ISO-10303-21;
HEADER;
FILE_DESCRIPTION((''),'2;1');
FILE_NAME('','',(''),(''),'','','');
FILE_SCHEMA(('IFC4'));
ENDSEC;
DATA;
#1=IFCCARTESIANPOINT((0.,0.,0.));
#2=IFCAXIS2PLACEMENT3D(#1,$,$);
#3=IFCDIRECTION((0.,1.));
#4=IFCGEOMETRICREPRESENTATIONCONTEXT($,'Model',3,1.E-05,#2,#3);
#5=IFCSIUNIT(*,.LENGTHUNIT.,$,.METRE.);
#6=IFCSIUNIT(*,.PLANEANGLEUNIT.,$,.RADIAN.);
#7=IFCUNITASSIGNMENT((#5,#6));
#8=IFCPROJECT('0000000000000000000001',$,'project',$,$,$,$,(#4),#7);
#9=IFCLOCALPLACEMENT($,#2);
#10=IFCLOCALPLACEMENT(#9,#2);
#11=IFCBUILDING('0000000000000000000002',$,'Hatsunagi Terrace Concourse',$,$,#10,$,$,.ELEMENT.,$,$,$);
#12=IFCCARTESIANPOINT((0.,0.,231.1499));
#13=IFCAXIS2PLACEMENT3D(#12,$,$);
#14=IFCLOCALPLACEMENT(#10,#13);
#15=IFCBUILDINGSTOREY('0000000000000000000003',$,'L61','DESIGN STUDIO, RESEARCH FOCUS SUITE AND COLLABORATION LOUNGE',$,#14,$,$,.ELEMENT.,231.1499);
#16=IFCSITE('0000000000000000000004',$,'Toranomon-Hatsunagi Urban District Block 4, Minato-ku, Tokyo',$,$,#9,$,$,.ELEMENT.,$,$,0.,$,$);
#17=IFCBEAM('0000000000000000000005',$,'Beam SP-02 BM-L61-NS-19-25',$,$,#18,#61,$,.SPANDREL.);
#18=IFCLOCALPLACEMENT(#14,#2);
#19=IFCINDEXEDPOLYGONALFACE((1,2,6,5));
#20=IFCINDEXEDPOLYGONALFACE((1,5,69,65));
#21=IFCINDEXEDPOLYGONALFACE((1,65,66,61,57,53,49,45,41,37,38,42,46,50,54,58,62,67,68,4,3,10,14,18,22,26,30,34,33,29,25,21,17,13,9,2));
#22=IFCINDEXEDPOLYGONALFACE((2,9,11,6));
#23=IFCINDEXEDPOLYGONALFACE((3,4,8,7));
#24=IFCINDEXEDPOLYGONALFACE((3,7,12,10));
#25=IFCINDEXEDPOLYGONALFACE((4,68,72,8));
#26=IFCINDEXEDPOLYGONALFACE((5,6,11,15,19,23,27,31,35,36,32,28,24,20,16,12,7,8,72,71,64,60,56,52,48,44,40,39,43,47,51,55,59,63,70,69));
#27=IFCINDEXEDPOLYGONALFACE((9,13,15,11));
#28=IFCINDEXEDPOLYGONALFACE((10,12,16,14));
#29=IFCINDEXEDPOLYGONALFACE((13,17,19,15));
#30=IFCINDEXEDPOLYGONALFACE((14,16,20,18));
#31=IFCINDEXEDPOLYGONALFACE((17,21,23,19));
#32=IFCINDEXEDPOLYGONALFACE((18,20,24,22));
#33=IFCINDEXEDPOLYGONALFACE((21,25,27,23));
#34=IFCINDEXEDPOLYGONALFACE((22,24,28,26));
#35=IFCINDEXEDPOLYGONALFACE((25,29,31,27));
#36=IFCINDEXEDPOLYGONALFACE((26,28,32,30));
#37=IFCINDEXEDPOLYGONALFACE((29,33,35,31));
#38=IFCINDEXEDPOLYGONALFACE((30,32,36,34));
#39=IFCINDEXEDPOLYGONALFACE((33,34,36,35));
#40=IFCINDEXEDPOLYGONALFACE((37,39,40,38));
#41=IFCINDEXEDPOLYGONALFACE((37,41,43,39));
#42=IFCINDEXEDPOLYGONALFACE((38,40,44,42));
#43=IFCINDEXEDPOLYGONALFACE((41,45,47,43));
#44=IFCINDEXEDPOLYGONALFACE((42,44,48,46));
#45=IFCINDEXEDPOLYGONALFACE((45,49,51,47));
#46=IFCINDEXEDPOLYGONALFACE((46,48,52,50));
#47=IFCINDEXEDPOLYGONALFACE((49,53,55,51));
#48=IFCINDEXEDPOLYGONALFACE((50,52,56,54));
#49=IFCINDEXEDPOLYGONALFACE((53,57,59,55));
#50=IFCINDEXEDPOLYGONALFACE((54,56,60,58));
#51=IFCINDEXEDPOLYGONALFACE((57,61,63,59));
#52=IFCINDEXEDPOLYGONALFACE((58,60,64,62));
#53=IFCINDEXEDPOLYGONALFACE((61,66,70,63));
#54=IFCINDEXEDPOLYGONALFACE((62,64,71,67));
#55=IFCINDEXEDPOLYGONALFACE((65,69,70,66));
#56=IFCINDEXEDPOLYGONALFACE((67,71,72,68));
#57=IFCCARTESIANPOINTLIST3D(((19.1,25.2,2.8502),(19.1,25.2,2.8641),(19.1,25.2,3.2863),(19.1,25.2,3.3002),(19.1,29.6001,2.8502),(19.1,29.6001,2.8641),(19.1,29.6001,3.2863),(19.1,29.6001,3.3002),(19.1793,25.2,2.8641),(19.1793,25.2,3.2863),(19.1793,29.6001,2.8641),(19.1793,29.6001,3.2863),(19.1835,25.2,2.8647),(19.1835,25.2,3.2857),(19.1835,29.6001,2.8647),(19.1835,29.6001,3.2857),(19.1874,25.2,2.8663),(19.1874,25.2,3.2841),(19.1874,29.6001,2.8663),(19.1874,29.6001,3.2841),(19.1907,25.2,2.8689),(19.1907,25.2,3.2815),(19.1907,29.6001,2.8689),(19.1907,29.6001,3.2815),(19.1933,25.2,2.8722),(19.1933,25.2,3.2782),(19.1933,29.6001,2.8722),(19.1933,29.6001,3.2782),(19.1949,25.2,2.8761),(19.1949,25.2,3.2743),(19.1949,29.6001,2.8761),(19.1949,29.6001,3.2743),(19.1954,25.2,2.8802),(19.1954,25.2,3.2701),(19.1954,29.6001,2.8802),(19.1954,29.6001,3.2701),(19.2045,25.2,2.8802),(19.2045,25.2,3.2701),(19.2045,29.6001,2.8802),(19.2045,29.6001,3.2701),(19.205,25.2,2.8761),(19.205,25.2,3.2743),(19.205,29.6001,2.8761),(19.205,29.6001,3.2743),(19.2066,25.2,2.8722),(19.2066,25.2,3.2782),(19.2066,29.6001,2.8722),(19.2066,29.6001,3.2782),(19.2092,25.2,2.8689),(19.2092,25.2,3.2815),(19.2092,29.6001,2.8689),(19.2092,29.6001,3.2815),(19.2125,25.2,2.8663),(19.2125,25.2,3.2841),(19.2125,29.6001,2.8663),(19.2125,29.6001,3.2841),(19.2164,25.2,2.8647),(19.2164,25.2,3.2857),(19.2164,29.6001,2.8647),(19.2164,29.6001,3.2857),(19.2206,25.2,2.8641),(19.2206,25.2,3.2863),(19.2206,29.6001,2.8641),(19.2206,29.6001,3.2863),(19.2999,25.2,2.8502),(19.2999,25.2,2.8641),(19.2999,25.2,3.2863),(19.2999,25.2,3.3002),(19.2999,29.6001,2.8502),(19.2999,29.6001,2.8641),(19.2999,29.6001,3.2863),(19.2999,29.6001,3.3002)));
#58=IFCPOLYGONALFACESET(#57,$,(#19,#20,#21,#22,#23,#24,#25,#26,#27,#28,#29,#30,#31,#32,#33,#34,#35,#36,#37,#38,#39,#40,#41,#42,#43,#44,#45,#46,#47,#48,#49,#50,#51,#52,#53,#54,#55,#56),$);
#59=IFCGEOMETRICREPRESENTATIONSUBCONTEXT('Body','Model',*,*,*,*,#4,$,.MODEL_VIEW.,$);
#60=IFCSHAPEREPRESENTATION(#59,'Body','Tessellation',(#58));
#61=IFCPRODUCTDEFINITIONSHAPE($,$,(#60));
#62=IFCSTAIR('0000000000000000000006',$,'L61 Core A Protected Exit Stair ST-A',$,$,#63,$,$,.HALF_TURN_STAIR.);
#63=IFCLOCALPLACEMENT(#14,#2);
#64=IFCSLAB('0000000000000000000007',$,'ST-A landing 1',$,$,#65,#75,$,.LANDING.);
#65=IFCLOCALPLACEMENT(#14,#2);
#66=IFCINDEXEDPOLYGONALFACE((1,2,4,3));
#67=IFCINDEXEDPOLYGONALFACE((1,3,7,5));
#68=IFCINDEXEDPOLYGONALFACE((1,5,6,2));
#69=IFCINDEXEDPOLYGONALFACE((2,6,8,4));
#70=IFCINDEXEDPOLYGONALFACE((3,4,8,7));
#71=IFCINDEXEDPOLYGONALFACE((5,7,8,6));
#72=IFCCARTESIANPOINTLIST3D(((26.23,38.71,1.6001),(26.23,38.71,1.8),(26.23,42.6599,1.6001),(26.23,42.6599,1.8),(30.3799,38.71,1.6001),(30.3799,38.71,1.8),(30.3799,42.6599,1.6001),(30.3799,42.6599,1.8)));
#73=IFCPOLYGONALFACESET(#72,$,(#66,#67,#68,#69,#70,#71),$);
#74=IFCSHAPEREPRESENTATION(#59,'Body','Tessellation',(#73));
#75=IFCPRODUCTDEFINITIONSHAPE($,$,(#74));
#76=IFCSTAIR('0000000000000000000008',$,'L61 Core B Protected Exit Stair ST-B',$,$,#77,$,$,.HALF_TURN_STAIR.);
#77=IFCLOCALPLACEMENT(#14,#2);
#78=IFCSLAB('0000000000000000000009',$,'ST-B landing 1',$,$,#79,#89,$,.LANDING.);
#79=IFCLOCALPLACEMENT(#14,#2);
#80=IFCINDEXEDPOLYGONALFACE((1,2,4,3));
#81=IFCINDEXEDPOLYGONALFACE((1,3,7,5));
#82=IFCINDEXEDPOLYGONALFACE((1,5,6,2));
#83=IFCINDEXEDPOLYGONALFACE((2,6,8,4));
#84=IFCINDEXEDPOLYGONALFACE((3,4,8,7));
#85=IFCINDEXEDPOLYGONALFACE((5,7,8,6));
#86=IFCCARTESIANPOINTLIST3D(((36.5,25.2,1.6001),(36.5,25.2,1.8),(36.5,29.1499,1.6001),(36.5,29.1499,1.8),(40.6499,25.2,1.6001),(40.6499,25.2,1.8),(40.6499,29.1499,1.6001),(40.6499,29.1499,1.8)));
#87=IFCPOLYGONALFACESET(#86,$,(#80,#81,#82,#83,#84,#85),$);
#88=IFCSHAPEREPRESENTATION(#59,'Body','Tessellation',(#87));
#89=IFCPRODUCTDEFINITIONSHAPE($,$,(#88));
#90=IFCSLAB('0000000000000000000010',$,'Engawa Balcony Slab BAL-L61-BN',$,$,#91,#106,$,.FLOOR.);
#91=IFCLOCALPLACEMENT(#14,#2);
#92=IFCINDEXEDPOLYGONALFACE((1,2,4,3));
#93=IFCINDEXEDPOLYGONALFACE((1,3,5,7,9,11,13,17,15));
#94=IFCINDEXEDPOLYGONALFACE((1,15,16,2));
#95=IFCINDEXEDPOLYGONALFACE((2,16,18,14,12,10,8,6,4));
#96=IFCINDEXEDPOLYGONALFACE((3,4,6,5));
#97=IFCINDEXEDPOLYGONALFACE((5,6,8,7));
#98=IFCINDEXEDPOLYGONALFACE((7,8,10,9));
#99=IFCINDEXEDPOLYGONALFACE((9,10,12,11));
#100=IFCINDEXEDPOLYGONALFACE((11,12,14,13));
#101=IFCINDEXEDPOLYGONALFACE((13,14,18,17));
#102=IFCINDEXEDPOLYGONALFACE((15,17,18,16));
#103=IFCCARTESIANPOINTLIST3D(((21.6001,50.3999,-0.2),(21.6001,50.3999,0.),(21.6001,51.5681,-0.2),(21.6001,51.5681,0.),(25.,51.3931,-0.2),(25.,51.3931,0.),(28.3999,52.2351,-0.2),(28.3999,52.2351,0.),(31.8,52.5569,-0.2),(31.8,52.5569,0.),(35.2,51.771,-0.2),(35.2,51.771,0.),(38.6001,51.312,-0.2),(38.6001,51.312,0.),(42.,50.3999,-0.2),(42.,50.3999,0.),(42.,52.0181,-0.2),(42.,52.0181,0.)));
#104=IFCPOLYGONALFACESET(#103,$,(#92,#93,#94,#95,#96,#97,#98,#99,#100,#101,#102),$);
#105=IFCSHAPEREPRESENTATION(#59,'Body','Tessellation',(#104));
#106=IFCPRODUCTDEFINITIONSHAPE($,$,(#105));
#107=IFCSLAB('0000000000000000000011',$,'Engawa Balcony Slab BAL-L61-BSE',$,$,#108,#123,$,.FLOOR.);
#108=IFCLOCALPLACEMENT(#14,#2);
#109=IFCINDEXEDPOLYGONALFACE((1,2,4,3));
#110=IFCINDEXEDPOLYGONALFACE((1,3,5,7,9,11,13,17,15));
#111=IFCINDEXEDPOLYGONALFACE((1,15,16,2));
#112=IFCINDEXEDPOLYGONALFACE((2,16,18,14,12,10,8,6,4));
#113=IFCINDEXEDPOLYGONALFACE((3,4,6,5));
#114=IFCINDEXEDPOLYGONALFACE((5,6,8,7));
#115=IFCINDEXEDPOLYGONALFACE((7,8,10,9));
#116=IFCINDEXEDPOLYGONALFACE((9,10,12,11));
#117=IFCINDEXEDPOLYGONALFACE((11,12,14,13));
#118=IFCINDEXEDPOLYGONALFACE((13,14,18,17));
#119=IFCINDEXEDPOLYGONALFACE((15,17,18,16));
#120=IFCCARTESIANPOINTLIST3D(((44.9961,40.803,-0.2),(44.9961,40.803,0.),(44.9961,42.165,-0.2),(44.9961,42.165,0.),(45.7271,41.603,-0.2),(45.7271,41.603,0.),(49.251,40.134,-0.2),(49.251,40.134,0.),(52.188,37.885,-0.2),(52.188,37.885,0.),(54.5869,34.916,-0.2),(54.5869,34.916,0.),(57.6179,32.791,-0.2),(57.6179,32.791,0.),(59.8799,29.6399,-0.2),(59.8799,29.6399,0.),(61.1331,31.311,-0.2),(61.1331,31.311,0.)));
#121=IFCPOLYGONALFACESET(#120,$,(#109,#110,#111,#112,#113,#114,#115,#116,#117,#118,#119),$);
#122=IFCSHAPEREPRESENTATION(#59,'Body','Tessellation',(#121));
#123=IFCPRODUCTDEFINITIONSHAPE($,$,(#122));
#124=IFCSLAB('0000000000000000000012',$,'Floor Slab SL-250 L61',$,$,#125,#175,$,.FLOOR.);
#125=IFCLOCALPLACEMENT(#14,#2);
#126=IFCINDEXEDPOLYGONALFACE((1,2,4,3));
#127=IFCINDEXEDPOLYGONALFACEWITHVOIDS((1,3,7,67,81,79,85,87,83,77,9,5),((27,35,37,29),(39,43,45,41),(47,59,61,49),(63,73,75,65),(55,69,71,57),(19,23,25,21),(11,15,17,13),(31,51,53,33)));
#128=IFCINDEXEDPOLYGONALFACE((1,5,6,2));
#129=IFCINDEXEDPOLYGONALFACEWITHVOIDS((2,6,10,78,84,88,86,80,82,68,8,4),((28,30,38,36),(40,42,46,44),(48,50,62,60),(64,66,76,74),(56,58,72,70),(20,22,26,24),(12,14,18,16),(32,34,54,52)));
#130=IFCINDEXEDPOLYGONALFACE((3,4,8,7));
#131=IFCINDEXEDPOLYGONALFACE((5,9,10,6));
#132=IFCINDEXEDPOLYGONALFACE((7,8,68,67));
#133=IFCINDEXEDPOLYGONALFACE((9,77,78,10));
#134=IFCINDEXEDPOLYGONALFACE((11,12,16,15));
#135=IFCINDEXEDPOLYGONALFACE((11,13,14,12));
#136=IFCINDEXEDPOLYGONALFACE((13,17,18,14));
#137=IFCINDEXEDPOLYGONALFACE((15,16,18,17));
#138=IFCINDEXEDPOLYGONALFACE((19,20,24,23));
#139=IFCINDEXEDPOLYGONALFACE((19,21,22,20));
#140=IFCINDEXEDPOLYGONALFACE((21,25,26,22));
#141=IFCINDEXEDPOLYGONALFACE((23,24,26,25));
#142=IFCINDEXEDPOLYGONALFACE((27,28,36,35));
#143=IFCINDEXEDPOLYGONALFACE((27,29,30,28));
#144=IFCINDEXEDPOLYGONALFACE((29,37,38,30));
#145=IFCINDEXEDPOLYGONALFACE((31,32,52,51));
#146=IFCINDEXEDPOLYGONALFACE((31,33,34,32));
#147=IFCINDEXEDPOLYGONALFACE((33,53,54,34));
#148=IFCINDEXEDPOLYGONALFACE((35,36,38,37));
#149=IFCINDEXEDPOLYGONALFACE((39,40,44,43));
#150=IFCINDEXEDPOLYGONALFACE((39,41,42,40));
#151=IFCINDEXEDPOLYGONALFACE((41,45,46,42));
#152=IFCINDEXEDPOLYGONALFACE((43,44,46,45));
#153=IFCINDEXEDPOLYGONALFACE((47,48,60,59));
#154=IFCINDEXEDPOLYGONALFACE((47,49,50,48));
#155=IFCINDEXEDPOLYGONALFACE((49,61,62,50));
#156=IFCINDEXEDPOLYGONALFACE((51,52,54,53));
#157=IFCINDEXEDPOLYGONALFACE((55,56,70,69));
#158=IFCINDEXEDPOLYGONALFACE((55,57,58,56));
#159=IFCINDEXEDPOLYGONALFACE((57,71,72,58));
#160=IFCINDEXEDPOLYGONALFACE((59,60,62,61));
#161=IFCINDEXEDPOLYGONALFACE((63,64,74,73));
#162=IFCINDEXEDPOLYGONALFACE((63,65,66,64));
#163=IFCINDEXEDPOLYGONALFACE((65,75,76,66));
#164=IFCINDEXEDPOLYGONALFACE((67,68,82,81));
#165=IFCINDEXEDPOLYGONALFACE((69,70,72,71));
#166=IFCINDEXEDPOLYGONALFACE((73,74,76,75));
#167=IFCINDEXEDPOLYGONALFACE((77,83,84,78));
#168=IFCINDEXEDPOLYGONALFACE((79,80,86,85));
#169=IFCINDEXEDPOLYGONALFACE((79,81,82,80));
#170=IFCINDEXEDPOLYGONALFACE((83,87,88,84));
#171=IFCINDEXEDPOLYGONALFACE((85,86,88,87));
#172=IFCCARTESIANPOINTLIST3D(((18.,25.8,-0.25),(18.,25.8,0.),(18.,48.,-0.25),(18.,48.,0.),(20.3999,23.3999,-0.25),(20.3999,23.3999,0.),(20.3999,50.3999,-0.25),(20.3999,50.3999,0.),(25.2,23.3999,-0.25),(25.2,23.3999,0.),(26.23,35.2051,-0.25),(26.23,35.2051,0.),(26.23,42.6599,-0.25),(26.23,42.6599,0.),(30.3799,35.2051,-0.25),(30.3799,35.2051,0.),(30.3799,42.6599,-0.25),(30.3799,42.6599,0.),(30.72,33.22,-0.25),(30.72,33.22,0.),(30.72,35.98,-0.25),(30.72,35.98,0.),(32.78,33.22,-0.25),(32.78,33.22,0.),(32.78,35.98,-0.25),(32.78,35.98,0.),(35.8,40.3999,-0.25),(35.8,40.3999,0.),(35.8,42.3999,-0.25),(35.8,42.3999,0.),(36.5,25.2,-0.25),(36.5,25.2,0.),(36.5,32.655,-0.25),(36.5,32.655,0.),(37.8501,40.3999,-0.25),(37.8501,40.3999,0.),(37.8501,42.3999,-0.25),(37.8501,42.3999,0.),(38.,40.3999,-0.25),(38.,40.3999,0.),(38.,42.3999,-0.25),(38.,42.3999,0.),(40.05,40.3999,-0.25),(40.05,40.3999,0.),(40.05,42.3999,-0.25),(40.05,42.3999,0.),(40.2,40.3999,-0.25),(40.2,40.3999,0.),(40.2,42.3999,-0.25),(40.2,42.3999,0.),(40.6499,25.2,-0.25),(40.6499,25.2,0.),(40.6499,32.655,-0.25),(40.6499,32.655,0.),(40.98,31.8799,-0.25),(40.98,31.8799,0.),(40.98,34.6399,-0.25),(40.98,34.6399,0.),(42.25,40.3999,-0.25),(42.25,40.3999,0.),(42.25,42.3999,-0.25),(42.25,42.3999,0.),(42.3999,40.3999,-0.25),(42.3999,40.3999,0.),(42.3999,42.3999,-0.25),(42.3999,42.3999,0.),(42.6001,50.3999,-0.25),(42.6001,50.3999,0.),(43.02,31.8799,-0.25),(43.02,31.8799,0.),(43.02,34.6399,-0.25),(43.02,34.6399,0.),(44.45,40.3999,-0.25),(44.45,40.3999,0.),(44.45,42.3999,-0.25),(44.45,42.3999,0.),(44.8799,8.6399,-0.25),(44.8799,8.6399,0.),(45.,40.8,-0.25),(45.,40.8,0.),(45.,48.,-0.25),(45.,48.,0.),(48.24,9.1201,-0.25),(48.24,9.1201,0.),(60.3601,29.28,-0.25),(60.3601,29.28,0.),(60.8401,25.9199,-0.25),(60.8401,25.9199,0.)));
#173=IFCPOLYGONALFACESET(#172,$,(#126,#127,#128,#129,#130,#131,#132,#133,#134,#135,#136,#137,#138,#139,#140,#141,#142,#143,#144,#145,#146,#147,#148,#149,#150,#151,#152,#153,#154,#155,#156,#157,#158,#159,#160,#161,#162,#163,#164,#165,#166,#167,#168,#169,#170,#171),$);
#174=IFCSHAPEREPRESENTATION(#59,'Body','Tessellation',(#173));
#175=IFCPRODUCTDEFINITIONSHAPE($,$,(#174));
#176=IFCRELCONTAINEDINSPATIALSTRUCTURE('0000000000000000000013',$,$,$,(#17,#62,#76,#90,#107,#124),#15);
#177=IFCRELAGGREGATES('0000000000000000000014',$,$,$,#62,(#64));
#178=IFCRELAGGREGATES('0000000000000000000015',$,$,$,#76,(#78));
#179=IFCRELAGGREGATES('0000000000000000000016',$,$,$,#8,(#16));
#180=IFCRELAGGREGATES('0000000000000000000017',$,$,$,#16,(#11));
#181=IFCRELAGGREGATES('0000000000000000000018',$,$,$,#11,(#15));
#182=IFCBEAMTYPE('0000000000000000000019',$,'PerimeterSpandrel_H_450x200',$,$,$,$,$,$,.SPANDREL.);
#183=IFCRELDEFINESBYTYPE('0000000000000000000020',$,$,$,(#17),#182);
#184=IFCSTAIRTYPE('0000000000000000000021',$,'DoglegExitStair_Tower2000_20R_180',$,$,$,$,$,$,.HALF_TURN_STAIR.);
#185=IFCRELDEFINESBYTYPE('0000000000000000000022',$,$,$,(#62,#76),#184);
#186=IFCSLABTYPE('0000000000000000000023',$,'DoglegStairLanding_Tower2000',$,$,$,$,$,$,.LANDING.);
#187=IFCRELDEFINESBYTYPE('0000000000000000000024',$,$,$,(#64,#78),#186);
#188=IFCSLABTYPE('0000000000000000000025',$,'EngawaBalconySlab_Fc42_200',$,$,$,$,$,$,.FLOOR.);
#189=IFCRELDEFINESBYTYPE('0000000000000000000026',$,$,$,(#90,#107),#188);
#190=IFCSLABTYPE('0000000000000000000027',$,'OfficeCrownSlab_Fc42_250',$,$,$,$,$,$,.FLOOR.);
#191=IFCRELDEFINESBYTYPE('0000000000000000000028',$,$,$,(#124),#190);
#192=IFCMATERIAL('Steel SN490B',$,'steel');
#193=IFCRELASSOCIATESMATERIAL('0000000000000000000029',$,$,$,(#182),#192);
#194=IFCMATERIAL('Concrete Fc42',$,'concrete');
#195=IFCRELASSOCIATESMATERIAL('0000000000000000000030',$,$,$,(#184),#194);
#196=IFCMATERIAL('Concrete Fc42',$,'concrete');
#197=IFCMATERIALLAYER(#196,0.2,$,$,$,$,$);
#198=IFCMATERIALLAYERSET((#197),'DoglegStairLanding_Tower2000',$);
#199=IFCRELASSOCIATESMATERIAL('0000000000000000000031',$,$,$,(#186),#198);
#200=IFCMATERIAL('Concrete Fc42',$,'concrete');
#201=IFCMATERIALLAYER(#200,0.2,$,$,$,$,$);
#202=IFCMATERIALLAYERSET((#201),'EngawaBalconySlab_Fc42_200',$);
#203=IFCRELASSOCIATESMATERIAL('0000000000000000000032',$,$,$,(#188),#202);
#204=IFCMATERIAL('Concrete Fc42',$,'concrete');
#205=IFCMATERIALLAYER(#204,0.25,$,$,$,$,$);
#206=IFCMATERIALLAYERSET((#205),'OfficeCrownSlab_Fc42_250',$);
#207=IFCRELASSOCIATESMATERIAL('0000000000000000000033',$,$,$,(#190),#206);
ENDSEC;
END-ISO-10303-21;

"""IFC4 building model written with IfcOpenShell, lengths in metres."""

from ifc_helpers import new_model, si_unit, direction, frame, origin, origin_2d, place, context, subcontext, project, spatial, polyline, i_section, outline, extrude, material, layer, layer_set, material_profile, profile_set, type_object, element, aggregate, save


model = new_model("IFC4")

# Units and contexts
model_context = context("Model", 3, precision=1e-05, world=origin(), true_north=direction((0.0, 1.0)))
body_context = subcontext(model_context, "Body", "Model", "MODEL_VIEW")
ifc_project = project(units=[si_unit("LENGTHUNIT", "METRE"), si_unit("PLANEANGLEUNIT", "RADIAN")], contexts=[model_context])

# Site, building, storey
site_placement = place(None, origin())
site = spatial("IfcSite", under=ifc_project, at=site_placement, Name="Toranomon-Hatsunagi Urban District Block 4, Minato-ku, Tokyo", CompositionType="ELEMENT", RefElevation=0.0)
building_placement = place(site_placement, origin())
building = spatial("IfcBuilding", under=site, at=building_placement, Name="Hatsunagi Terrace Concourse", CompositionType="ELEMENT")
storey_placement = place(building_placement, frame((0.0, 0.0, 231.1499)))
storey = spatial("IfcBuildingStorey", under=building, at=storey_placement, Name="L61", Description="DESIGN STUDIO, RESEARCH FOCUS SUITE AND COLLABORATION LOUNGE", CompositionType="ELEMENT", Elevation=231.1499)

# Beam
ifc_material_1 = material(Name="Steel SN490B", Category="steel")
ifc_material_profile_1 = material_profile(ifc_material_1, i_section(OverallWidth=0.2, OverallDepth=0.45, WebThickness=0.009, FlangeThickness=0.0139, FilletRadius=0.0161, at=origin_2d()), Name="H-450x200x9x14")
ifc_profile_set_1 = profile_set([ifc_material_profile_1], Name="Steel SN490B")
beam_type_1 = type_object("IfcBeamType", Name="PerimeterSpandrel_H_450x200", PredefinedType="SPANDREL", material=ifc_profile_set_1)
beam_1_placement = place(storey_placement, frame((19.2, 25.2, 3.0752), z_axis=(0.0, 1.0, 0.0), x_axis=(-1.0, 0.0, 0.0)))
element("IfcBeam", 1, at=beam_1_placement, inside=storey, type_object=beam_type_1, Name="Beam SP-02 BM-L61-NS-19-25", PredefinedType="SPANDREL", context=body_context, shape_type="SweptSolid", body=[
    extrude(i_section(OverallWidth=0.2, OverallDepth=0.45, WebThickness=0.009, FlangeThickness=0.0139, FilletRadius=0.0161, at=origin_2d()), origin(), (0.0, 0.0, 1.0), 4.4001),
])

# Stairs, slabs
ifc_material_2 = material(Name="Concrete Fc42", Category="concrete")
stair_type = type_object("IfcStairType", Name="DoglegExitStair_Tower2000_20R_180", PredefinedType="HALF_TURN_STAIR", material=ifc_material_2)
stair_1_placement = place(storey_placement, origin())
stair_1 = element("IfcStair", 2, at=stair_1_placement, inside=storey, type_object=stair_type, Name="L61 Core A Protected Exit Stair ST-A", PredefinedType="HALF_TURN_STAIR")
ifc_material_3 = material(Name="Concrete Fc42", Category="concrete")
ifc_layer_1 = layer(ifc_material_3, 0.2)
ifc_layer_set_1 = layer_set([ifc_layer_1], Name="DoglegStairLanding_Tower2000")
slab_type_1 = type_object("IfcSlabType", Name="DoglegStairLanding_Tower2000", PredefinedType="LANDING", material=ifc_layer_set_1)
slab_1_placement = place(storey_placement, frame((0.0, 0.0, 1.6001)))
slab_1 = element("IfcSlab", 3, at=slab_1_placement, type_object=slab_type_1, Name="ST-A landing 1", PredefinedType="LANDING", context=body_context, shape_type="SweptSolid", body=[
    extrude(outline(polyline([(30.3799, 38.71), (30.3799, 42.6599), (26.23, 42.6599), (26.23, 38.71), (30.3799, 38.71)])), origin(), (0.0, 0.0, 1.0), 0.2),
])
aggregate(stair_1, [slab_1])
stair_2_placement = place(storey_placement, origin())
stair_2 = element("IfcStair", 4, at=stair_2_placement, inside=storey, type_object=stair_type, Name="L61 Core B Protected Exit Stair ST-B", PredefinedType="HALF_TURN_STAIR")
slab_2_placement = place(storey_placement, frame((0.0, 0.0, 1.6001)))
slab_2 = element("IfcSlab", 5, at=slab_2_placement, type_object=slab_type_1, Name="ST-B landing 1", PredefinedType="LANDING", context=body_context, shape_type="SweptSolid", body=[
    extrude(outline(polyline([(36.5, 29.1499), (36.5, 25.2), (40.6499, 25.2), (40.6499, 29.1499), (36.5, 29.1499)])), origin(), (0.0, 0.0, 1.0), 0.2),
])
aggregate(stair_2, [slab_2])

# Slabs
ifc_material_4 = material(Name="Concrete Fc42", Category="concrete")
ifc_layer_2 = layer(ifc_material_4, 0.2)
ifc_layer_set_2 = layer_set([ifc_layer_2], Name="EngawaBalconySlab_Fc42_200")
slab_type_2 = type_object("IfcSlabType", Name="EngawaBalconySlab_Fc42_200", PredefinedType="FLOOR", material=ifc_layer_set_2)
slab_3_placement = place(storey_placement, frame((0.0, 0.0, -0.2)))
element("IfcSlab", 6, at=slab_3_placement, inside=storey, type_object=slab_type_2, Name="Engawa Balcony Slab BAL-L61-BN", PredefinedType="FLOOR", context=body_context, shape_type="SweptSolid", body=[
    extrude(outline(polyline([(21.6001, 51.5681), (21.6001, 50.3999), (42.0, 50.3999), (42.0, 52.0181), (38.6001, 51.312), (35.2, 51.771), (31.8, 52.5569), (28.3999, 52.2351), (25.0, 51.3931), (21.6001, 51.5681)])), origin(), (0.0, 0.0, 1.0), 0.2),
])
slab_4_placement = place(storey_placement, frame((0.0, 0.0, -0.2)))
element("IfcSlab", 7, at=slab_4_placement, inside=storey, type_object=slab_type_2, Name="Engawa Balcony Slab BAL-L61-BSE", PredefinedType="FLOOR", context=body_context, shape_type="SweptSolid", body=[
    extrude(outline(polyline([(45.7271, 41.603), (44.9961, 42.165), (44.9961, 40.803), (59.8799, 29.6399), (61.1331, 31.311), (57.6179, 32.791), (54.5869, 34.916), (52.188, 37.885), (49.251, 40.134), (45.7271, 41.603)])), origin(), (0.0, 0.0, 1.0), 0.2),
])
ifc_material_5 = material(Name="Concrete Fc42", Category="concrete")
ifc_layer_3 = layer(ifc_material_5, 0.25)
ifc_layer_set_3 = layer_set([ifc_layer_3], Name="OfficeCrownSlab_Fc42_250")
slab_type_3 = type_object("IfcSlabType", Name="OfficeCrownSlab_Fc42_250", PredefinedType="FLOOR", material=ifc_layer_set_3)
slab_5_placement = place(storey_placement, frame((0.0, 0.0, -0.25)))
element("IfcSlab", 8, at=slab_5_placement, inside=storey, type_object=slab_type_3, Name="Floor Slab SL-250 L61", PredefinedType="FLOOR", context=body_context, shape_type="SweptSolid", body=[
    extrude(outline(polyline([(45.0, 40.8), (45.0, 48.0), (42.6001, 50.3999), (20.3999, 50.3999), (18.0, 48.0), (18.0, 25.8), (20.3999, 23.3999), (25.2, 23.3999), (44.8799, 8.6399), (48.24, 9.1201), (60.8401, 25.9199), (60.3601, 29.28), (45.0, 40.8)]), holes=[polyline([(26.23, 35.2051), (30.3799, 35.2051), (30.3799, 42.6599), (26.23, 42.6599), (26.23, 35.2051)]), polyline([(36.5, 25.2), (40.6499, 25.2), (40.6499, 32.655), (36.5, 32.655), (36.5, 25.2)]), polyline([(30.72, 33.22), (32.78, 33.22), (32.78, 35.98), (30.72, 35.98), (30.72, 33.22)]), polyline([(40.98, 31.8799), (43.02, 31.8799), (43.02, 34.6399), (40.98, 34.6399), (40.98, 31.8799)]), polyline([(35.8, 40.3999), (37.8501, 40.3999), (37.8501, 42.3999), (35.8, 42.3999), (35.8, 40.3999)]), polyline([(38.0, 40.3999), (40.05, 40.3999), (40.05, 42.3999), (38.0, 42.3999), (38.0, 40.3999)]), polyline([(40.2, 40.3999), (42.25, 40.3999), (42.25, 42.3999), (40.2, 42.3999), (40.2, 40.3999)]), polyline([(42.3999, 40.3999), (44.45, 40.3999), (44.45, 42.3999), (42.3999, 42.3999), (42.3999, 40.3999)])]), origin(), (0.0, 0.0, 1.0), 0.25),
])

save(model, "model.ifc")
